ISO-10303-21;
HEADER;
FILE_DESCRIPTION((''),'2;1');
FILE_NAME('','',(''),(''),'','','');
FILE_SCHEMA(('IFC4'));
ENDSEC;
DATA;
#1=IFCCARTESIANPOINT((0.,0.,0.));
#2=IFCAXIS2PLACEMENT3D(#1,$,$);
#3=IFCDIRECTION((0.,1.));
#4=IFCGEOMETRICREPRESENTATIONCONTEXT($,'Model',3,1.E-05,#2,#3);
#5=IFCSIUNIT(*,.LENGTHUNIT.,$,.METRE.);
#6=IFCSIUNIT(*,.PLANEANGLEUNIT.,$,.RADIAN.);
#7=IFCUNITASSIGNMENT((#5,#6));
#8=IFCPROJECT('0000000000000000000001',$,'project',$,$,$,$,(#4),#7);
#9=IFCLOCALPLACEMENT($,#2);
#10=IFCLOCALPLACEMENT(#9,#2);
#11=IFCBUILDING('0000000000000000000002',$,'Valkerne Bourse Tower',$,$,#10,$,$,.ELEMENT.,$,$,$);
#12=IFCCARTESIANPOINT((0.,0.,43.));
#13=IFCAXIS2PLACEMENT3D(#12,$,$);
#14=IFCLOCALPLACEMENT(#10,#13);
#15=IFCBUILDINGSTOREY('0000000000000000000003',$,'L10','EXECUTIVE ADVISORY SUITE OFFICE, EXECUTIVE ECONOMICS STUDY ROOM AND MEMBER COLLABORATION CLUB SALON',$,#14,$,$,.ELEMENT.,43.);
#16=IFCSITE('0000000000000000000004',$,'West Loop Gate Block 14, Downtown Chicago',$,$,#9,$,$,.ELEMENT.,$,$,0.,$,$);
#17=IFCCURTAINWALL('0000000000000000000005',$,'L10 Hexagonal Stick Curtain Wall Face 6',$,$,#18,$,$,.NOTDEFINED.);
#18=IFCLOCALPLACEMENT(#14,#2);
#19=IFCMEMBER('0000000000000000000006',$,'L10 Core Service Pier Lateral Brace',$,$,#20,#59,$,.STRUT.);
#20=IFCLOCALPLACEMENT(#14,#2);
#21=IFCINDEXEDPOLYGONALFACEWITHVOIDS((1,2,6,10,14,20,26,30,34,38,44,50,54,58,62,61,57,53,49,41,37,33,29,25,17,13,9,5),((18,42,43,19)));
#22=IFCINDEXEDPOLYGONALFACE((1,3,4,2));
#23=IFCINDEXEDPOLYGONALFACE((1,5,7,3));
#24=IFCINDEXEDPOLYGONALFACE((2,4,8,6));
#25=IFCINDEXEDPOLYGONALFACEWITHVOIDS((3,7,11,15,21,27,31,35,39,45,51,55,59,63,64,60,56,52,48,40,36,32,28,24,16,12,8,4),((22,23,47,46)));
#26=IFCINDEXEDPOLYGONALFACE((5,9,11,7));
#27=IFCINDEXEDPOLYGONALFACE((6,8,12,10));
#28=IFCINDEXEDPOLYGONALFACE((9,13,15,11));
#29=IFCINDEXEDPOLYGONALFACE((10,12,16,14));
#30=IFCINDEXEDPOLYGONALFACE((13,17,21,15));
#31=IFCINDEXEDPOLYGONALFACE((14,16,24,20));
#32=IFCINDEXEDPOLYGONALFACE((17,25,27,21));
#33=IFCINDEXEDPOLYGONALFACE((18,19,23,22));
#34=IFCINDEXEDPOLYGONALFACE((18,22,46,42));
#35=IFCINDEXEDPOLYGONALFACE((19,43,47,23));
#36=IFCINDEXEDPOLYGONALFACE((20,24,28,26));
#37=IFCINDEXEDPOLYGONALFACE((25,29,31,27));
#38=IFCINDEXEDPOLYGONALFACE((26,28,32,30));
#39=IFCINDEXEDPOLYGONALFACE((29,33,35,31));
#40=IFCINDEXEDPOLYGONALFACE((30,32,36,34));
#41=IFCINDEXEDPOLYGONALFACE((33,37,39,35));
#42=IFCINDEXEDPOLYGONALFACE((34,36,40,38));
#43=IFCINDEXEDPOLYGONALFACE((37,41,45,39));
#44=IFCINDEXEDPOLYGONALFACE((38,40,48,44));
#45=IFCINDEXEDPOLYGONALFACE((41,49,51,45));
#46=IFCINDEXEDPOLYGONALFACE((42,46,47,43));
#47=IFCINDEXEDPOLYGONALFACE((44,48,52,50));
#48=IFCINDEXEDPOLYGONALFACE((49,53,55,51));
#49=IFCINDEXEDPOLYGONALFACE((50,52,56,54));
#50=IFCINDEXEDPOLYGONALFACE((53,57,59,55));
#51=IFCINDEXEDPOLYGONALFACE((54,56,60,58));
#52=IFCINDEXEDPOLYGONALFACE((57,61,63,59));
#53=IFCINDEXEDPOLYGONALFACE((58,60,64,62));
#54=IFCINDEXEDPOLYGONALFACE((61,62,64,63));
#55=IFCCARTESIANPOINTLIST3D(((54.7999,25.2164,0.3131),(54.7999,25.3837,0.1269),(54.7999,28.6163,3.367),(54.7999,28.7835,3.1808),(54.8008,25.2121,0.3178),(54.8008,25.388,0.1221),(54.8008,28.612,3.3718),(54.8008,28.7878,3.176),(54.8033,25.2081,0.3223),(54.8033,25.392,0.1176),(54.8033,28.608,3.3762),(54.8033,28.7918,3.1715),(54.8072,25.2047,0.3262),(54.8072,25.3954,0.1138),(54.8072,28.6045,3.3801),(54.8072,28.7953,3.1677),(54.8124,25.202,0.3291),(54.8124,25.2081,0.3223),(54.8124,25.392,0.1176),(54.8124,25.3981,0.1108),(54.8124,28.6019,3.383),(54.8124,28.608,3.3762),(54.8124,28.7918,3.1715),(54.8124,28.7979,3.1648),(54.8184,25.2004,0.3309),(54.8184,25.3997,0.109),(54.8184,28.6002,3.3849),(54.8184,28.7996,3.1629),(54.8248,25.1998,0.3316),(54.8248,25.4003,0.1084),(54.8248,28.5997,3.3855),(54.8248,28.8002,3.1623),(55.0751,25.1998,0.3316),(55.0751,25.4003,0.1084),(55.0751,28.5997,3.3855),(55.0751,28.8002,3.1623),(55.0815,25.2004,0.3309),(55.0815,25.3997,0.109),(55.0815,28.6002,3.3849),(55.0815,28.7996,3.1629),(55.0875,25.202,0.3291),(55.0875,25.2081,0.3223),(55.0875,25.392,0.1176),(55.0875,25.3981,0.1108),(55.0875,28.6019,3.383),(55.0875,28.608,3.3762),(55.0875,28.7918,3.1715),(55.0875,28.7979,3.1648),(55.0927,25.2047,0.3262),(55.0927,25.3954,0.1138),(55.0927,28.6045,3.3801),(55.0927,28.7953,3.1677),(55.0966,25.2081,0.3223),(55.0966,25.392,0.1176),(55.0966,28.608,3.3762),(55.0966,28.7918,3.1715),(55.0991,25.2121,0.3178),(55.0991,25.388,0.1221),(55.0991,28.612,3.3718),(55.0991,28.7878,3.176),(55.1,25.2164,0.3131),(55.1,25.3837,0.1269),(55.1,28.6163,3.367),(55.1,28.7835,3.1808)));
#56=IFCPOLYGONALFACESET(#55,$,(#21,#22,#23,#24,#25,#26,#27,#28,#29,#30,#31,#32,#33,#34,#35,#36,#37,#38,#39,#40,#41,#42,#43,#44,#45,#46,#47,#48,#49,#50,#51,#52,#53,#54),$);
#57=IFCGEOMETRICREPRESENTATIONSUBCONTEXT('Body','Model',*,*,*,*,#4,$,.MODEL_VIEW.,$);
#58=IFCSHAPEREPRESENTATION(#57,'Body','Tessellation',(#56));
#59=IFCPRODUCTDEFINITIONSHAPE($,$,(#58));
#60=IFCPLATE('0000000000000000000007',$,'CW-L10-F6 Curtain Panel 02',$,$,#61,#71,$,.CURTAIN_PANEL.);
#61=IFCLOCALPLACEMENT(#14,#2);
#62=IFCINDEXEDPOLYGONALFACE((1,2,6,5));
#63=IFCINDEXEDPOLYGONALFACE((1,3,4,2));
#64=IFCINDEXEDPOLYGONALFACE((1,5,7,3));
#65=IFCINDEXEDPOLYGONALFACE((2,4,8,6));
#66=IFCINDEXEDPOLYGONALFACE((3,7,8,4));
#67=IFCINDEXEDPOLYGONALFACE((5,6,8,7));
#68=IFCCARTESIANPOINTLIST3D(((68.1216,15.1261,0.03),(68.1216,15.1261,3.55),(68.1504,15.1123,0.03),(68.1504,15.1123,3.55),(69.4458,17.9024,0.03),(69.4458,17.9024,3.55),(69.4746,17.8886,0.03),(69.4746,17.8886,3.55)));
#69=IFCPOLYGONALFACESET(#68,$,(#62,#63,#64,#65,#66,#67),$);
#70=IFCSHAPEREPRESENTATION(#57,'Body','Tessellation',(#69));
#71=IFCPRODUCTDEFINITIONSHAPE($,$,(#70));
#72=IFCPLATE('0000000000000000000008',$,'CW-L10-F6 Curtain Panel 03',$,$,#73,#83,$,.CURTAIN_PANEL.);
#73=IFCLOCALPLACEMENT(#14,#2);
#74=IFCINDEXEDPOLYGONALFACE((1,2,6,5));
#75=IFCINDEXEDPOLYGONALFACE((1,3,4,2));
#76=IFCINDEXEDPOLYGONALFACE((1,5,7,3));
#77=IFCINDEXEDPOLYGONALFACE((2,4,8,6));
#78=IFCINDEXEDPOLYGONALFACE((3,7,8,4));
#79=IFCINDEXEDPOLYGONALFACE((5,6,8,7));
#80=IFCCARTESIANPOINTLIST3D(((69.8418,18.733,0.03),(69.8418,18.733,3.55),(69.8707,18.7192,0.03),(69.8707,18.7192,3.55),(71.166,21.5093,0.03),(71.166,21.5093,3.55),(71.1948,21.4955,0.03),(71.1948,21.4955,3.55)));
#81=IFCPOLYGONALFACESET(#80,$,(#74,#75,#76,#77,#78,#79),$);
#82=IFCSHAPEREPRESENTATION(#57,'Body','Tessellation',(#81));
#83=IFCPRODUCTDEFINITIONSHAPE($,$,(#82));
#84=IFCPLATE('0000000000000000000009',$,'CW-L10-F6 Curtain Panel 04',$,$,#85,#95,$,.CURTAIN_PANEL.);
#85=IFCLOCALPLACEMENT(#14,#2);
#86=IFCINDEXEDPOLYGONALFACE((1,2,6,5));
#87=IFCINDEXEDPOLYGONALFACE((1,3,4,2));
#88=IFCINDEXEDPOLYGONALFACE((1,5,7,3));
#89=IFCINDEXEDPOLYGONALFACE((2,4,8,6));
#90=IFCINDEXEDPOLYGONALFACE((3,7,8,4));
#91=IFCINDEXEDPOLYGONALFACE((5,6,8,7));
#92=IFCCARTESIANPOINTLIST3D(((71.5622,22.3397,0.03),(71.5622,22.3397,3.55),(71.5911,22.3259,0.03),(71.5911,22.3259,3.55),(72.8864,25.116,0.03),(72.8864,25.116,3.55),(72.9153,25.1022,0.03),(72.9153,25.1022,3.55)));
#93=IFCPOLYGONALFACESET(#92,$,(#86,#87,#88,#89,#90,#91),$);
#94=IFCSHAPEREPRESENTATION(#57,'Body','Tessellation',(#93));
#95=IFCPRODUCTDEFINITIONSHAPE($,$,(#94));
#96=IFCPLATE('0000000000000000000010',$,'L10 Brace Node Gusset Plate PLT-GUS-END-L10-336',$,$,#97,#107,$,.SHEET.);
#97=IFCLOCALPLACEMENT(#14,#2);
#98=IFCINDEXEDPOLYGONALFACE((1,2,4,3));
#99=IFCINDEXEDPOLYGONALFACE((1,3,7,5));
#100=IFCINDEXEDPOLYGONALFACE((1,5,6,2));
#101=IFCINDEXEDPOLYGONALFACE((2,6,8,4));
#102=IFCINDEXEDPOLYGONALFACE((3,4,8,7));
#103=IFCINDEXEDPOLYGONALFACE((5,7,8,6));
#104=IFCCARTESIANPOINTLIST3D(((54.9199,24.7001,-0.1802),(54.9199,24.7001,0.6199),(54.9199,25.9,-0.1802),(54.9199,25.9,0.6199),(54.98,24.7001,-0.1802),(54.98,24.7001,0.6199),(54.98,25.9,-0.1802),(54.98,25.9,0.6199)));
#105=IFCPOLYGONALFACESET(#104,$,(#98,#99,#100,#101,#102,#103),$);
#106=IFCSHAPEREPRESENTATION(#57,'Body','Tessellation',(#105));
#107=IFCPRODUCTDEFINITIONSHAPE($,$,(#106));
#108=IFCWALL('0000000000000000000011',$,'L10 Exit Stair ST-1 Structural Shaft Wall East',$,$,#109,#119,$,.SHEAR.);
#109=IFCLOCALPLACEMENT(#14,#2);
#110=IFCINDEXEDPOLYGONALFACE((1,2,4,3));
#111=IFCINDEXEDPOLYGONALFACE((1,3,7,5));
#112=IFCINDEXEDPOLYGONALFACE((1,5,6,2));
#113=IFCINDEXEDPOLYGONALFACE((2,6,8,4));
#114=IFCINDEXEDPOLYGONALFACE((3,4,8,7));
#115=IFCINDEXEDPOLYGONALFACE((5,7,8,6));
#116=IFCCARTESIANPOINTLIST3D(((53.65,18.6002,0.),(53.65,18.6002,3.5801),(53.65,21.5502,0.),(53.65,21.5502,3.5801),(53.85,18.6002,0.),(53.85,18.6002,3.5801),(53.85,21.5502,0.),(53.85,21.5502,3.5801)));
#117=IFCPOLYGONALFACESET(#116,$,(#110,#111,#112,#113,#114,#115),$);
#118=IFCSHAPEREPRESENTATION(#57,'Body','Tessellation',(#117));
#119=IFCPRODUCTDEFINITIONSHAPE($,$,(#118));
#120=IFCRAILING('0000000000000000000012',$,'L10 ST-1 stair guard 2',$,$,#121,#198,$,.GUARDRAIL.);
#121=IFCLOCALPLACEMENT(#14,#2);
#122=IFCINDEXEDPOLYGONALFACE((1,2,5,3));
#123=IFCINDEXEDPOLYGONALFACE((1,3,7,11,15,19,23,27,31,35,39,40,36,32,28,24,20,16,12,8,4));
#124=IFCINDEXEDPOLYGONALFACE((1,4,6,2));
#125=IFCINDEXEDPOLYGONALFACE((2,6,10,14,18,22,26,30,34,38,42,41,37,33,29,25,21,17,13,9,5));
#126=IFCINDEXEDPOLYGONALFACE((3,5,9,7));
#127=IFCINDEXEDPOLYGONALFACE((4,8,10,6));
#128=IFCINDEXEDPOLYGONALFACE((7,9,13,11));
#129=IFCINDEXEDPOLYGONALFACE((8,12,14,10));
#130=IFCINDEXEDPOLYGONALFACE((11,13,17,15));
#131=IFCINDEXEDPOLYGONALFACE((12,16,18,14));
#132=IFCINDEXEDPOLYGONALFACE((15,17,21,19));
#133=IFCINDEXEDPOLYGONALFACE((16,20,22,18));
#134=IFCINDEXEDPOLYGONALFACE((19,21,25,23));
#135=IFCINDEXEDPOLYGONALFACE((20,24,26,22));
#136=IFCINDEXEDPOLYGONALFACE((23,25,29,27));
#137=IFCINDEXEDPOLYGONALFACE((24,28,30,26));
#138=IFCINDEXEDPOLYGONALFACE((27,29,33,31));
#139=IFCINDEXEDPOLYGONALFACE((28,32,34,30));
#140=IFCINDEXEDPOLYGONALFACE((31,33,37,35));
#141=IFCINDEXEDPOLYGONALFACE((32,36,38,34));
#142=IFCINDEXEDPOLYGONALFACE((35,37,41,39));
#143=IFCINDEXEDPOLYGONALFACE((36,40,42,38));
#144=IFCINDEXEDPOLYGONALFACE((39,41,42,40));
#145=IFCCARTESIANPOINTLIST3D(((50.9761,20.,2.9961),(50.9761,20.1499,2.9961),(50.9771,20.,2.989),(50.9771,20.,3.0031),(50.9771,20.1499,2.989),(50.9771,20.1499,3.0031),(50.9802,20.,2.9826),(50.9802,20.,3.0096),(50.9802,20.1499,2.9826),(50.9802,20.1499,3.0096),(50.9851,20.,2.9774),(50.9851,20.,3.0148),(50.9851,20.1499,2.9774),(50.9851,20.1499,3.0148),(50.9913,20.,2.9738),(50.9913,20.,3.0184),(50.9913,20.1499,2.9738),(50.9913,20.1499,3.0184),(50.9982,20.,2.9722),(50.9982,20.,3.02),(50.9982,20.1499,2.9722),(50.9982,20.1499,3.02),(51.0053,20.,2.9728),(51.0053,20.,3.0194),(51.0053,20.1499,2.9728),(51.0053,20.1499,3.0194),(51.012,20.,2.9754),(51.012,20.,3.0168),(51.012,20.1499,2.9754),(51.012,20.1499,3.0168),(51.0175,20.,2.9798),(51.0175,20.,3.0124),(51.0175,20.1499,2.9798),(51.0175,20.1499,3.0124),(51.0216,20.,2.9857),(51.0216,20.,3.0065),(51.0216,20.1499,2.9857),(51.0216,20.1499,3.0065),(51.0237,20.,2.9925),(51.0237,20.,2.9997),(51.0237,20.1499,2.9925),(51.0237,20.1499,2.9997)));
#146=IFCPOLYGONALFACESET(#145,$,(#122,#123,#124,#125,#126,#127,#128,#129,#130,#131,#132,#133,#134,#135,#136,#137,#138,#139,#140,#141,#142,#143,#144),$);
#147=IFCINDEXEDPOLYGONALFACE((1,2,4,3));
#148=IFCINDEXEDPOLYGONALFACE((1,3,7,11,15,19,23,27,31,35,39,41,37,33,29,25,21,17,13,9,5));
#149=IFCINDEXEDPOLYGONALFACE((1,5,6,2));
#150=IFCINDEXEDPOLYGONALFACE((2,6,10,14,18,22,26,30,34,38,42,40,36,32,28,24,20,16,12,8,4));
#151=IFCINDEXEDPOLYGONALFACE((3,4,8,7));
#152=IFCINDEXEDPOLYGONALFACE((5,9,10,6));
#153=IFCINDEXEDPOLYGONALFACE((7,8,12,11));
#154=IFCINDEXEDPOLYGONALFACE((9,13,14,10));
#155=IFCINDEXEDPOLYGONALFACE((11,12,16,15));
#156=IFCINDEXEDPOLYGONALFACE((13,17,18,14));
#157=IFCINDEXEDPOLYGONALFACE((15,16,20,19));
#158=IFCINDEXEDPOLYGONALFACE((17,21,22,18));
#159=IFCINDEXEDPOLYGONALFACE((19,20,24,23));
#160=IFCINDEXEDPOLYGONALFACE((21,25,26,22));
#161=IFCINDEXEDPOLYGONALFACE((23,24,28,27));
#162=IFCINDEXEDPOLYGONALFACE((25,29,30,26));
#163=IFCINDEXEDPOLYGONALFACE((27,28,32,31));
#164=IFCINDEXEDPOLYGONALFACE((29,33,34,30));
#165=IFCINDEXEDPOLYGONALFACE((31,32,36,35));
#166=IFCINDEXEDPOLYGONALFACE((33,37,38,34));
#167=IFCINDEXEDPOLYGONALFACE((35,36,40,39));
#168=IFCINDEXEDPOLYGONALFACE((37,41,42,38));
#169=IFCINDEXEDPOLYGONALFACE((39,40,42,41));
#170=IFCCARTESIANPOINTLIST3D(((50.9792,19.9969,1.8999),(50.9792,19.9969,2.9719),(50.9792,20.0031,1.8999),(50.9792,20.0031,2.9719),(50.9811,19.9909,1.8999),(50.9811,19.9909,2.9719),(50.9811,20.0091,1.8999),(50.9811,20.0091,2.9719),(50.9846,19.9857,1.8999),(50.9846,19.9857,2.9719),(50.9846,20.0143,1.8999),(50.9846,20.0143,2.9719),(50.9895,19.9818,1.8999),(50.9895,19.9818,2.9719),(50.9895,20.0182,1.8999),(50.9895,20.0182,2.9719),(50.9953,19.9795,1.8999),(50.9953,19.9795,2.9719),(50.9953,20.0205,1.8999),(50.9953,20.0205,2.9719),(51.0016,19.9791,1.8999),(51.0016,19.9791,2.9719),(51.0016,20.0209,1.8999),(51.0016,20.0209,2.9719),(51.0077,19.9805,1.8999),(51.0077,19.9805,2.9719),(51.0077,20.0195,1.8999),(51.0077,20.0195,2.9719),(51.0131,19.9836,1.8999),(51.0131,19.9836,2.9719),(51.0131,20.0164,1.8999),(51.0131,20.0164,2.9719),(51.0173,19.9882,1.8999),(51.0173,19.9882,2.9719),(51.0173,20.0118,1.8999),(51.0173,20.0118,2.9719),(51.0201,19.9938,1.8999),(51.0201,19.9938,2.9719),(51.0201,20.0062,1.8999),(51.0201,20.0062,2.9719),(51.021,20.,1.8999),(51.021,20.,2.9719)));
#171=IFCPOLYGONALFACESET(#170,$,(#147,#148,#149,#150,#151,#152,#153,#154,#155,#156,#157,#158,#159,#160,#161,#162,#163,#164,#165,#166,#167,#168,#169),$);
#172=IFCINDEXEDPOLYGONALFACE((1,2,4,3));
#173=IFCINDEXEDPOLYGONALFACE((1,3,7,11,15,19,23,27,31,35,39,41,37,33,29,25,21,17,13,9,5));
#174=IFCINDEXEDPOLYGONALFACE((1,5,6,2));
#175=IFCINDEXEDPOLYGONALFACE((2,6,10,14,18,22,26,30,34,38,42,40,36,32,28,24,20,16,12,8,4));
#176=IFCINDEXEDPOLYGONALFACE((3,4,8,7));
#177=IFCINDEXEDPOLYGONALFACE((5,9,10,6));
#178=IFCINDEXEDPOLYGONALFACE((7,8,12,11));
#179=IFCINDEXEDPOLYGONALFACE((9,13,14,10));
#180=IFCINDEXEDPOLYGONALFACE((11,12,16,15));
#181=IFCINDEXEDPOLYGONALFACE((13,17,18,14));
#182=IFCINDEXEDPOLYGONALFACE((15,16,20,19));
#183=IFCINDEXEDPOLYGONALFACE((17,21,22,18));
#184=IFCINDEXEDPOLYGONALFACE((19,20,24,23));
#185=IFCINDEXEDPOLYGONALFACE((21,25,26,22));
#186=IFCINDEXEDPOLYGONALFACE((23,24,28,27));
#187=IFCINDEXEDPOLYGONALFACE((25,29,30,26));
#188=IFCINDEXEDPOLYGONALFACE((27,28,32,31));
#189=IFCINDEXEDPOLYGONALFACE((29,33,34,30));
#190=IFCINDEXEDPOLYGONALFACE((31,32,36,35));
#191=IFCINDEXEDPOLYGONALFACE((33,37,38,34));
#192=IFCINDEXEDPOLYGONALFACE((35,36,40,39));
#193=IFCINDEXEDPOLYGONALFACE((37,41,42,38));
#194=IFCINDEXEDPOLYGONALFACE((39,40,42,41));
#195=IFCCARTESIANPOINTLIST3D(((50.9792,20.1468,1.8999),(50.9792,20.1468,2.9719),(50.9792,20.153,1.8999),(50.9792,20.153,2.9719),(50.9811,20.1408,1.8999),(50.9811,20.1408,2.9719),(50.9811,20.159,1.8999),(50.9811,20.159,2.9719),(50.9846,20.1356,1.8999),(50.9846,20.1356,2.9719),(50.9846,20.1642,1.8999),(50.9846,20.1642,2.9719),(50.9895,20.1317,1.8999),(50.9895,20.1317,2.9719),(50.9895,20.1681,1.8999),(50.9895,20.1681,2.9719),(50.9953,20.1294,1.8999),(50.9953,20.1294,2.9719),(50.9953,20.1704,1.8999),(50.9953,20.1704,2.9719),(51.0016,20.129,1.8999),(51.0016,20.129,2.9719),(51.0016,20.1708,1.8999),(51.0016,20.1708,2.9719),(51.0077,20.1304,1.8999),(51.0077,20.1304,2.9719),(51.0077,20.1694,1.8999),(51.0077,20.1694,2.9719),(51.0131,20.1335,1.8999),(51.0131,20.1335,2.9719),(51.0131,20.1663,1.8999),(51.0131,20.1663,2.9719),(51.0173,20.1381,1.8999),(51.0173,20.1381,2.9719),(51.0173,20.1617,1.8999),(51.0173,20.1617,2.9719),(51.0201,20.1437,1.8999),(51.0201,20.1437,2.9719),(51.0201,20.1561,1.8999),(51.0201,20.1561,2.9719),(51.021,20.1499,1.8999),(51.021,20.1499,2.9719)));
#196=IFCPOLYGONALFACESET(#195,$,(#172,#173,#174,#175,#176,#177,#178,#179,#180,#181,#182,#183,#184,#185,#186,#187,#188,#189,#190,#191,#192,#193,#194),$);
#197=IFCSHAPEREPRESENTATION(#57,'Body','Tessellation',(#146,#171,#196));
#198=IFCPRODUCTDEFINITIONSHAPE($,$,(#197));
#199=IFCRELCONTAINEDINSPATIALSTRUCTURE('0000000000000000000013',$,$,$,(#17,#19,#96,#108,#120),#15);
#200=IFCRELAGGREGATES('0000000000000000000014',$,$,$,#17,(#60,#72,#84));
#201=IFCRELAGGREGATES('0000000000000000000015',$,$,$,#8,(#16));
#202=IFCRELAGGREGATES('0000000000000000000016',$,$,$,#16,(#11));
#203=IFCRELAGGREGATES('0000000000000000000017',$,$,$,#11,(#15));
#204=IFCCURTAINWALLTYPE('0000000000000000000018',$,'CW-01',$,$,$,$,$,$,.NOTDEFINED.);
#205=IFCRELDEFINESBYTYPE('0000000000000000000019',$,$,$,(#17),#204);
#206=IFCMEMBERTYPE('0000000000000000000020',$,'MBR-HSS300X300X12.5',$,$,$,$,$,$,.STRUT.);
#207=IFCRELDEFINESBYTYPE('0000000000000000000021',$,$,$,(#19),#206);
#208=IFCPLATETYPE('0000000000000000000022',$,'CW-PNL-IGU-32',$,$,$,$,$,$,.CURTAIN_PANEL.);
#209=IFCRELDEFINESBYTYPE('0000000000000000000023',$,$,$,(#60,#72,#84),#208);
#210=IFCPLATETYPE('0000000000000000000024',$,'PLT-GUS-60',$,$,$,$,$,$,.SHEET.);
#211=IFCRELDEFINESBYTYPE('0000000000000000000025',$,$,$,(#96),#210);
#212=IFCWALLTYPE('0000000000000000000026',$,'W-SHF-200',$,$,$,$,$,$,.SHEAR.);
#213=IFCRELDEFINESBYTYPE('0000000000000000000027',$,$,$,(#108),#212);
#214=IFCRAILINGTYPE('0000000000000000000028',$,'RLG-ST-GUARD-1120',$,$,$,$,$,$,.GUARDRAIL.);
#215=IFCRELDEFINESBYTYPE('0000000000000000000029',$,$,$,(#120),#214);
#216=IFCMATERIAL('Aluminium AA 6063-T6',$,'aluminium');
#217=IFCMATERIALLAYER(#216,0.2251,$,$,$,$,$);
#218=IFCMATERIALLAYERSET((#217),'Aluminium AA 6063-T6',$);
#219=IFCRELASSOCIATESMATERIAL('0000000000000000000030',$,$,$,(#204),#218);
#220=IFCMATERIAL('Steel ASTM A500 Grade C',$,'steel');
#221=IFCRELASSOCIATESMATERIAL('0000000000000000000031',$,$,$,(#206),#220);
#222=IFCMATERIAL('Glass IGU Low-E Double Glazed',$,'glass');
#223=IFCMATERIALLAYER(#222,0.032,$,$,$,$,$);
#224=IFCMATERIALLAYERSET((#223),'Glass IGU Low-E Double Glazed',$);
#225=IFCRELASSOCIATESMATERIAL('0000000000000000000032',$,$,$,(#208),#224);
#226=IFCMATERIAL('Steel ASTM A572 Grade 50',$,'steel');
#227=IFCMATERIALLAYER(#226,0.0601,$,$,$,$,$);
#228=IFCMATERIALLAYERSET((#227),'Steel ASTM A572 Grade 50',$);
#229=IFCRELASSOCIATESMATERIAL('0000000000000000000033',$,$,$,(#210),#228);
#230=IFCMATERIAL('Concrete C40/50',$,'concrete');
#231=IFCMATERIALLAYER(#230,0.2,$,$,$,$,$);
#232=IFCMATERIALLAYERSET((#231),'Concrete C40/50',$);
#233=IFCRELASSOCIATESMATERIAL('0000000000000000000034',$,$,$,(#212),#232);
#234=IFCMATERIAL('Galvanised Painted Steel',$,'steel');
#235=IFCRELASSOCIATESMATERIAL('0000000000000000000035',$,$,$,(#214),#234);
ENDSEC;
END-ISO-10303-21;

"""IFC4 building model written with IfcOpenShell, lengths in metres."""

from ifc_helpers import new_model, si_unit, direction, frame, frame_2d, origin, origin_2d, place, context, subcontext, project, spatial, rectangle, hollow_rectangle, circle, extrude, material, layer, layer_set, material_profile, profile_set, type_object, element, aggregate, save


model = new_model("IFC4")

# Units and contexts
model_context = context("Model", 3, precision=1e-05, world=origin(), true_north=direction((0.0, 1.0)))
body_context = subcontext(model_context, "Body", "Model", "MODEL_VIEW")
ifc_project = project(units=[si_unit("LENGTHUNIT", "METRE"), si_unit("PLANEANGLEUNIT", "RADIAN")], contexts=[model_context])

# Site, building, storey
site_placement = place(None, origin())
site = spatial("IfcSite", under=ifc_project, at=site_placement, Name="West Loop Gate Block 14, Downtown Chicago", CompositionType="ELEMENT", RefElevation=0.0)
building_placement = place(site_placement, origin())
building = spatial("IfcBuilding", under=site, at=building_placement, Name="Valkerne Bourse Tower", CompositionType="ELEMENT")
storey_placement = place(building_placement, frame((0.0, 0.0, 43.0)))
storey = spatial("IfcBuildingStorey", under=building, at=storey_placement, Name="L10", Description="EXECUTIVE ADVISORY SUITE OFFICE, EXECUTIVE ECONOMICS STUDY ROOM AND MEMBER COLLABORATION CLUB SALON", CompositionType="ELEMENT", Elevation=43.0)

# Curtain wall
ifc_material_1 = material(Name="Aluminium AA 6063-T6", Category="aluminium")
ifc_layer_1 = layer(ifc_material_1, 0.2251)
ifc_layer_set_1 = layer_set([ifc_layer_1], Name="Aluminium AA 6063-T6")
curtain_wall_type = type_object("IfcCurtainWallType", Name="CW-01", PredefinedType="NOTDEFINED", material=ifc_layer_set_1)
curtain_wall_placement = place(storey_placement, origin())
curtain_wall = element("IfcCurtainWall", 1, at=curtain_wall_placement, inside=storey, type_object=curtain_wall_type, Name="L10 Hexagonal Stick Curtain Wall Face 6", PredefinedType="NOTDEFINED")

# Member
ifc_material_2 = material(Name="Steel ASTM A500 Grade C", Category="steel")
ifc_material_profile_1 = material_profile(ifc_material_2, hollow_rectangle(XDim=0.3, YDim=0.3, WallThickness=0.0125, OuterFilletRadius=0.0249, at=origin_2d()), Name="HSS300X300X12.5")
ifc_profile_set_1 = profile_set([ifc_material_profile_1], Name="Steel ASTM A500 Grade C")
member_type_1 = type_object("IfcMemberType", Name="MBR-HSS300X300X12.5", PredefinedType="STRUT", material=ifc_profile_set_1)
member_1_placement = place(storey_placement, frame((54.95, 25.3, 0.22), z_axis=(0.0, 0.743942, 0.668244), x_axis=(-1.0, 0.0, 0.0)))
element("IfcMember", 2, at=member_1_placement, inside=storey, type_object=member_type_1, Name="L10 Core Service Pier Lateral Brace", PredefinedType="STRUT", context=body_context, shape_type="SweptSolid", body=[
    extrude(hollow_rectangle(XDim=0.3, YDim=0.3, WallThickness=0.0125, OuterFilletRadius=0.0249, at=origin_2d()), origin(), (0.0, 0.0, 1.0), 4.5701),
])

# Plates
ifc_material_3 = material(Name="Glass IGU Low-E Double Glazed", Category="glass")
ifc_layer_2 = layer(ifc_material_3, 0.032)
ifc_layer_set_2 = layer_set([ifc_layer_2], Name="Glass IGU Low-E Double Glazed")
plate_type_1 = type_object("IfcPlateType", Name="CW-PNL-IGU-32", PredefinedType="CURTAIN_PANEL", material=ifc_layer_set_2)
plate_1_placement = place(storey_placement, frame((68.7981, 16.5073, 0.03), z_axis=(0.0, 0.0, 1.0), x_axis=(0.43051, 0.902586, 0.0)))
plate_1 = element("IfcPlate", 3, at=plate_1_placement, type_object=plate_type_1, Name="CW-L10-F6 Curtain Panel 02", PredefinedType="CURTAIN_PANEL", context=body_context, shape_type="SweptSolid", body=[
    extrude(rectangle(XDim=3.0759, YDim=0.032, at=origin_2d()), origin(), (0.0, 0.0, 1.0), 3.52),
])
plate_2_placement = place(storey_placement, frame((70.5183, 20.1143, 0.03), z_axis=(0.0, 0.0, 1.0), x_axis=(0.4305, 0.902591, 0.0)))
plate_2 = element("IfcPlate", 4, at=plate_2_placement, type_object=plate_type_1, Name="CW-L10-F6 Curtain Panel 03", PredefinedType="CURTAIN_PANEL", context=body_context, shape_type="SweptSolid", body=[
    extrude(rectangle(XDim=3.0759, YDim=0.032, at=origin_2d()), origin(), (0.0, 0.0, 1.0), 3.52),
])
plate_3_placement = place(storey_placement, frame((72.2388, 23.7209, 0.03), z_axis=(0.0, 0.0, 1.0), x_axis=(0.43051, 0.902586, 0.0)))
plate_3 = element("IfcPlate", 5, at=plate_3_placement, type_object=plate_type_1, Name="CW-L10-F6 Curtain Panel 04", PredefinedType="CURTAIN_PANEL", context=body_context, shape_type="SweptSolid", body=[
    extrude(rectangle(XDim=3.0759, YDim=0.032, at=origin_2d()), origin(), (0.0, 0.0, 1.0), 3.52),
])
aggregate(curtain_wall, [plate_1, plate_2, plate_3])
ifc_material_4 = material(Name="Steel ASTM A572 Grade 50", Category="steel")
ifc_layer_3 = layer(ifc_material_4, 0.0601)
ifc_layer_set_3 = layer_set([ifc_layer_3], Name="Steel ASTM A572 Grade 50")
plate_type_2 = type_object("IfcPlateType", Name="PLT-GUS-60", PredefinedType="SHEET", material=ifc_layer_set_3)
plate_4_placement = place(storey_placement, frame((54.95, 25.3, -0.1802), z_axis=(0.0, 0.0, 1.0), x_axis=(0.0, 1.0, 0.0)))
element("IfcPlate", 6, at=plate_4_placement, inside=storey, type_object=plate_type_2, Name="L10 Brace Node Gusset Plate PLT-GUS-END-L10-336", PredefinedType="SHEET", context=body_context, shape_type="SweptSolid", body=[
    extrude(rectangle(XDim=1.2, YDim=0.0601, at=origin_2d()), origin(), (0.0, 0.0, 1.0), 0.8),
])

# Shared definitions
ifc_material_5 = material(Name="Galvanised Painted Steel", Category="steel")

# Wall
ifc_material_6 = material(Name="Concrete C40/50", Category="concrete")
ifc_layer_4 = layer(ifc_material_6, 0.2)
ifc_layer_set_4 = layer_set([ifc_layer_4], Name="Concrete C40/50")
wall_type_1 = type_object("IfcWallType", Name="W-SHF-200", PredefinedType="SHEAR", material=ifc_layer_set_4)
wall_1_placement = place(storey_placement, frame((53.75, 18.6001, 0.0), z_axis=(0.0, 0.0, 1.0), x_axis=(0.0, 1.0, 0.0)))
element("IfcWall", 7, at=wall_1_placement, inside=storey, type_object=wall_type_1, Name="L10 Exit Stair ST-1 Structural Shaft Wall East", PredefinedType="SHEAR", context=body_context, shape_type="SweptSolid", body=[
    extrude(rectangle(XDim=2.95, YDim=0.2, at=frame_2d((1.4751, 0.0))), origin(), (0.0, 0.0, 1.0), 3.5801),
])

# Railing
railing_type_1 = type_object("IfcRailingType", Name="RLG-ST-GUARD-1120", PredefinedType="GUARDRAIL", material=ifc_material_5)
railing_1_placement = place(storey_placement, frame((51.0, 20.0, 1.8999)))
element("IfcRailing", 8, at=railing_1_placement, inside=storey, type_object=railing_type_1, Name="L10 ST-1 stair guard 2", PredefinedType="GUARDRAIL", context=body_context, shape_type="SweptSolid", body=[
    extrude(circle(Radius=0.0239, at=origin_2d()), frame((0.0, 0.0, 1.0962), z_axis=(0.0, 1.0, 0.0), x_axis=(-1.0, 0.0, 0.0)), (0.0, 0.0, 1.0), 0.1499),
    extrude(circle(Radius=0.021, at=origin_2d()), origin(), (0.0, 0.0, 1.0), 1.072),
    extrude(circle(Radius=0.021, at=origin_2d()), frame((0.0, 0.1499, 0.0)), (0.0, 0.0, 1.0), 1.072),
])

save(model, "model.ifc")
